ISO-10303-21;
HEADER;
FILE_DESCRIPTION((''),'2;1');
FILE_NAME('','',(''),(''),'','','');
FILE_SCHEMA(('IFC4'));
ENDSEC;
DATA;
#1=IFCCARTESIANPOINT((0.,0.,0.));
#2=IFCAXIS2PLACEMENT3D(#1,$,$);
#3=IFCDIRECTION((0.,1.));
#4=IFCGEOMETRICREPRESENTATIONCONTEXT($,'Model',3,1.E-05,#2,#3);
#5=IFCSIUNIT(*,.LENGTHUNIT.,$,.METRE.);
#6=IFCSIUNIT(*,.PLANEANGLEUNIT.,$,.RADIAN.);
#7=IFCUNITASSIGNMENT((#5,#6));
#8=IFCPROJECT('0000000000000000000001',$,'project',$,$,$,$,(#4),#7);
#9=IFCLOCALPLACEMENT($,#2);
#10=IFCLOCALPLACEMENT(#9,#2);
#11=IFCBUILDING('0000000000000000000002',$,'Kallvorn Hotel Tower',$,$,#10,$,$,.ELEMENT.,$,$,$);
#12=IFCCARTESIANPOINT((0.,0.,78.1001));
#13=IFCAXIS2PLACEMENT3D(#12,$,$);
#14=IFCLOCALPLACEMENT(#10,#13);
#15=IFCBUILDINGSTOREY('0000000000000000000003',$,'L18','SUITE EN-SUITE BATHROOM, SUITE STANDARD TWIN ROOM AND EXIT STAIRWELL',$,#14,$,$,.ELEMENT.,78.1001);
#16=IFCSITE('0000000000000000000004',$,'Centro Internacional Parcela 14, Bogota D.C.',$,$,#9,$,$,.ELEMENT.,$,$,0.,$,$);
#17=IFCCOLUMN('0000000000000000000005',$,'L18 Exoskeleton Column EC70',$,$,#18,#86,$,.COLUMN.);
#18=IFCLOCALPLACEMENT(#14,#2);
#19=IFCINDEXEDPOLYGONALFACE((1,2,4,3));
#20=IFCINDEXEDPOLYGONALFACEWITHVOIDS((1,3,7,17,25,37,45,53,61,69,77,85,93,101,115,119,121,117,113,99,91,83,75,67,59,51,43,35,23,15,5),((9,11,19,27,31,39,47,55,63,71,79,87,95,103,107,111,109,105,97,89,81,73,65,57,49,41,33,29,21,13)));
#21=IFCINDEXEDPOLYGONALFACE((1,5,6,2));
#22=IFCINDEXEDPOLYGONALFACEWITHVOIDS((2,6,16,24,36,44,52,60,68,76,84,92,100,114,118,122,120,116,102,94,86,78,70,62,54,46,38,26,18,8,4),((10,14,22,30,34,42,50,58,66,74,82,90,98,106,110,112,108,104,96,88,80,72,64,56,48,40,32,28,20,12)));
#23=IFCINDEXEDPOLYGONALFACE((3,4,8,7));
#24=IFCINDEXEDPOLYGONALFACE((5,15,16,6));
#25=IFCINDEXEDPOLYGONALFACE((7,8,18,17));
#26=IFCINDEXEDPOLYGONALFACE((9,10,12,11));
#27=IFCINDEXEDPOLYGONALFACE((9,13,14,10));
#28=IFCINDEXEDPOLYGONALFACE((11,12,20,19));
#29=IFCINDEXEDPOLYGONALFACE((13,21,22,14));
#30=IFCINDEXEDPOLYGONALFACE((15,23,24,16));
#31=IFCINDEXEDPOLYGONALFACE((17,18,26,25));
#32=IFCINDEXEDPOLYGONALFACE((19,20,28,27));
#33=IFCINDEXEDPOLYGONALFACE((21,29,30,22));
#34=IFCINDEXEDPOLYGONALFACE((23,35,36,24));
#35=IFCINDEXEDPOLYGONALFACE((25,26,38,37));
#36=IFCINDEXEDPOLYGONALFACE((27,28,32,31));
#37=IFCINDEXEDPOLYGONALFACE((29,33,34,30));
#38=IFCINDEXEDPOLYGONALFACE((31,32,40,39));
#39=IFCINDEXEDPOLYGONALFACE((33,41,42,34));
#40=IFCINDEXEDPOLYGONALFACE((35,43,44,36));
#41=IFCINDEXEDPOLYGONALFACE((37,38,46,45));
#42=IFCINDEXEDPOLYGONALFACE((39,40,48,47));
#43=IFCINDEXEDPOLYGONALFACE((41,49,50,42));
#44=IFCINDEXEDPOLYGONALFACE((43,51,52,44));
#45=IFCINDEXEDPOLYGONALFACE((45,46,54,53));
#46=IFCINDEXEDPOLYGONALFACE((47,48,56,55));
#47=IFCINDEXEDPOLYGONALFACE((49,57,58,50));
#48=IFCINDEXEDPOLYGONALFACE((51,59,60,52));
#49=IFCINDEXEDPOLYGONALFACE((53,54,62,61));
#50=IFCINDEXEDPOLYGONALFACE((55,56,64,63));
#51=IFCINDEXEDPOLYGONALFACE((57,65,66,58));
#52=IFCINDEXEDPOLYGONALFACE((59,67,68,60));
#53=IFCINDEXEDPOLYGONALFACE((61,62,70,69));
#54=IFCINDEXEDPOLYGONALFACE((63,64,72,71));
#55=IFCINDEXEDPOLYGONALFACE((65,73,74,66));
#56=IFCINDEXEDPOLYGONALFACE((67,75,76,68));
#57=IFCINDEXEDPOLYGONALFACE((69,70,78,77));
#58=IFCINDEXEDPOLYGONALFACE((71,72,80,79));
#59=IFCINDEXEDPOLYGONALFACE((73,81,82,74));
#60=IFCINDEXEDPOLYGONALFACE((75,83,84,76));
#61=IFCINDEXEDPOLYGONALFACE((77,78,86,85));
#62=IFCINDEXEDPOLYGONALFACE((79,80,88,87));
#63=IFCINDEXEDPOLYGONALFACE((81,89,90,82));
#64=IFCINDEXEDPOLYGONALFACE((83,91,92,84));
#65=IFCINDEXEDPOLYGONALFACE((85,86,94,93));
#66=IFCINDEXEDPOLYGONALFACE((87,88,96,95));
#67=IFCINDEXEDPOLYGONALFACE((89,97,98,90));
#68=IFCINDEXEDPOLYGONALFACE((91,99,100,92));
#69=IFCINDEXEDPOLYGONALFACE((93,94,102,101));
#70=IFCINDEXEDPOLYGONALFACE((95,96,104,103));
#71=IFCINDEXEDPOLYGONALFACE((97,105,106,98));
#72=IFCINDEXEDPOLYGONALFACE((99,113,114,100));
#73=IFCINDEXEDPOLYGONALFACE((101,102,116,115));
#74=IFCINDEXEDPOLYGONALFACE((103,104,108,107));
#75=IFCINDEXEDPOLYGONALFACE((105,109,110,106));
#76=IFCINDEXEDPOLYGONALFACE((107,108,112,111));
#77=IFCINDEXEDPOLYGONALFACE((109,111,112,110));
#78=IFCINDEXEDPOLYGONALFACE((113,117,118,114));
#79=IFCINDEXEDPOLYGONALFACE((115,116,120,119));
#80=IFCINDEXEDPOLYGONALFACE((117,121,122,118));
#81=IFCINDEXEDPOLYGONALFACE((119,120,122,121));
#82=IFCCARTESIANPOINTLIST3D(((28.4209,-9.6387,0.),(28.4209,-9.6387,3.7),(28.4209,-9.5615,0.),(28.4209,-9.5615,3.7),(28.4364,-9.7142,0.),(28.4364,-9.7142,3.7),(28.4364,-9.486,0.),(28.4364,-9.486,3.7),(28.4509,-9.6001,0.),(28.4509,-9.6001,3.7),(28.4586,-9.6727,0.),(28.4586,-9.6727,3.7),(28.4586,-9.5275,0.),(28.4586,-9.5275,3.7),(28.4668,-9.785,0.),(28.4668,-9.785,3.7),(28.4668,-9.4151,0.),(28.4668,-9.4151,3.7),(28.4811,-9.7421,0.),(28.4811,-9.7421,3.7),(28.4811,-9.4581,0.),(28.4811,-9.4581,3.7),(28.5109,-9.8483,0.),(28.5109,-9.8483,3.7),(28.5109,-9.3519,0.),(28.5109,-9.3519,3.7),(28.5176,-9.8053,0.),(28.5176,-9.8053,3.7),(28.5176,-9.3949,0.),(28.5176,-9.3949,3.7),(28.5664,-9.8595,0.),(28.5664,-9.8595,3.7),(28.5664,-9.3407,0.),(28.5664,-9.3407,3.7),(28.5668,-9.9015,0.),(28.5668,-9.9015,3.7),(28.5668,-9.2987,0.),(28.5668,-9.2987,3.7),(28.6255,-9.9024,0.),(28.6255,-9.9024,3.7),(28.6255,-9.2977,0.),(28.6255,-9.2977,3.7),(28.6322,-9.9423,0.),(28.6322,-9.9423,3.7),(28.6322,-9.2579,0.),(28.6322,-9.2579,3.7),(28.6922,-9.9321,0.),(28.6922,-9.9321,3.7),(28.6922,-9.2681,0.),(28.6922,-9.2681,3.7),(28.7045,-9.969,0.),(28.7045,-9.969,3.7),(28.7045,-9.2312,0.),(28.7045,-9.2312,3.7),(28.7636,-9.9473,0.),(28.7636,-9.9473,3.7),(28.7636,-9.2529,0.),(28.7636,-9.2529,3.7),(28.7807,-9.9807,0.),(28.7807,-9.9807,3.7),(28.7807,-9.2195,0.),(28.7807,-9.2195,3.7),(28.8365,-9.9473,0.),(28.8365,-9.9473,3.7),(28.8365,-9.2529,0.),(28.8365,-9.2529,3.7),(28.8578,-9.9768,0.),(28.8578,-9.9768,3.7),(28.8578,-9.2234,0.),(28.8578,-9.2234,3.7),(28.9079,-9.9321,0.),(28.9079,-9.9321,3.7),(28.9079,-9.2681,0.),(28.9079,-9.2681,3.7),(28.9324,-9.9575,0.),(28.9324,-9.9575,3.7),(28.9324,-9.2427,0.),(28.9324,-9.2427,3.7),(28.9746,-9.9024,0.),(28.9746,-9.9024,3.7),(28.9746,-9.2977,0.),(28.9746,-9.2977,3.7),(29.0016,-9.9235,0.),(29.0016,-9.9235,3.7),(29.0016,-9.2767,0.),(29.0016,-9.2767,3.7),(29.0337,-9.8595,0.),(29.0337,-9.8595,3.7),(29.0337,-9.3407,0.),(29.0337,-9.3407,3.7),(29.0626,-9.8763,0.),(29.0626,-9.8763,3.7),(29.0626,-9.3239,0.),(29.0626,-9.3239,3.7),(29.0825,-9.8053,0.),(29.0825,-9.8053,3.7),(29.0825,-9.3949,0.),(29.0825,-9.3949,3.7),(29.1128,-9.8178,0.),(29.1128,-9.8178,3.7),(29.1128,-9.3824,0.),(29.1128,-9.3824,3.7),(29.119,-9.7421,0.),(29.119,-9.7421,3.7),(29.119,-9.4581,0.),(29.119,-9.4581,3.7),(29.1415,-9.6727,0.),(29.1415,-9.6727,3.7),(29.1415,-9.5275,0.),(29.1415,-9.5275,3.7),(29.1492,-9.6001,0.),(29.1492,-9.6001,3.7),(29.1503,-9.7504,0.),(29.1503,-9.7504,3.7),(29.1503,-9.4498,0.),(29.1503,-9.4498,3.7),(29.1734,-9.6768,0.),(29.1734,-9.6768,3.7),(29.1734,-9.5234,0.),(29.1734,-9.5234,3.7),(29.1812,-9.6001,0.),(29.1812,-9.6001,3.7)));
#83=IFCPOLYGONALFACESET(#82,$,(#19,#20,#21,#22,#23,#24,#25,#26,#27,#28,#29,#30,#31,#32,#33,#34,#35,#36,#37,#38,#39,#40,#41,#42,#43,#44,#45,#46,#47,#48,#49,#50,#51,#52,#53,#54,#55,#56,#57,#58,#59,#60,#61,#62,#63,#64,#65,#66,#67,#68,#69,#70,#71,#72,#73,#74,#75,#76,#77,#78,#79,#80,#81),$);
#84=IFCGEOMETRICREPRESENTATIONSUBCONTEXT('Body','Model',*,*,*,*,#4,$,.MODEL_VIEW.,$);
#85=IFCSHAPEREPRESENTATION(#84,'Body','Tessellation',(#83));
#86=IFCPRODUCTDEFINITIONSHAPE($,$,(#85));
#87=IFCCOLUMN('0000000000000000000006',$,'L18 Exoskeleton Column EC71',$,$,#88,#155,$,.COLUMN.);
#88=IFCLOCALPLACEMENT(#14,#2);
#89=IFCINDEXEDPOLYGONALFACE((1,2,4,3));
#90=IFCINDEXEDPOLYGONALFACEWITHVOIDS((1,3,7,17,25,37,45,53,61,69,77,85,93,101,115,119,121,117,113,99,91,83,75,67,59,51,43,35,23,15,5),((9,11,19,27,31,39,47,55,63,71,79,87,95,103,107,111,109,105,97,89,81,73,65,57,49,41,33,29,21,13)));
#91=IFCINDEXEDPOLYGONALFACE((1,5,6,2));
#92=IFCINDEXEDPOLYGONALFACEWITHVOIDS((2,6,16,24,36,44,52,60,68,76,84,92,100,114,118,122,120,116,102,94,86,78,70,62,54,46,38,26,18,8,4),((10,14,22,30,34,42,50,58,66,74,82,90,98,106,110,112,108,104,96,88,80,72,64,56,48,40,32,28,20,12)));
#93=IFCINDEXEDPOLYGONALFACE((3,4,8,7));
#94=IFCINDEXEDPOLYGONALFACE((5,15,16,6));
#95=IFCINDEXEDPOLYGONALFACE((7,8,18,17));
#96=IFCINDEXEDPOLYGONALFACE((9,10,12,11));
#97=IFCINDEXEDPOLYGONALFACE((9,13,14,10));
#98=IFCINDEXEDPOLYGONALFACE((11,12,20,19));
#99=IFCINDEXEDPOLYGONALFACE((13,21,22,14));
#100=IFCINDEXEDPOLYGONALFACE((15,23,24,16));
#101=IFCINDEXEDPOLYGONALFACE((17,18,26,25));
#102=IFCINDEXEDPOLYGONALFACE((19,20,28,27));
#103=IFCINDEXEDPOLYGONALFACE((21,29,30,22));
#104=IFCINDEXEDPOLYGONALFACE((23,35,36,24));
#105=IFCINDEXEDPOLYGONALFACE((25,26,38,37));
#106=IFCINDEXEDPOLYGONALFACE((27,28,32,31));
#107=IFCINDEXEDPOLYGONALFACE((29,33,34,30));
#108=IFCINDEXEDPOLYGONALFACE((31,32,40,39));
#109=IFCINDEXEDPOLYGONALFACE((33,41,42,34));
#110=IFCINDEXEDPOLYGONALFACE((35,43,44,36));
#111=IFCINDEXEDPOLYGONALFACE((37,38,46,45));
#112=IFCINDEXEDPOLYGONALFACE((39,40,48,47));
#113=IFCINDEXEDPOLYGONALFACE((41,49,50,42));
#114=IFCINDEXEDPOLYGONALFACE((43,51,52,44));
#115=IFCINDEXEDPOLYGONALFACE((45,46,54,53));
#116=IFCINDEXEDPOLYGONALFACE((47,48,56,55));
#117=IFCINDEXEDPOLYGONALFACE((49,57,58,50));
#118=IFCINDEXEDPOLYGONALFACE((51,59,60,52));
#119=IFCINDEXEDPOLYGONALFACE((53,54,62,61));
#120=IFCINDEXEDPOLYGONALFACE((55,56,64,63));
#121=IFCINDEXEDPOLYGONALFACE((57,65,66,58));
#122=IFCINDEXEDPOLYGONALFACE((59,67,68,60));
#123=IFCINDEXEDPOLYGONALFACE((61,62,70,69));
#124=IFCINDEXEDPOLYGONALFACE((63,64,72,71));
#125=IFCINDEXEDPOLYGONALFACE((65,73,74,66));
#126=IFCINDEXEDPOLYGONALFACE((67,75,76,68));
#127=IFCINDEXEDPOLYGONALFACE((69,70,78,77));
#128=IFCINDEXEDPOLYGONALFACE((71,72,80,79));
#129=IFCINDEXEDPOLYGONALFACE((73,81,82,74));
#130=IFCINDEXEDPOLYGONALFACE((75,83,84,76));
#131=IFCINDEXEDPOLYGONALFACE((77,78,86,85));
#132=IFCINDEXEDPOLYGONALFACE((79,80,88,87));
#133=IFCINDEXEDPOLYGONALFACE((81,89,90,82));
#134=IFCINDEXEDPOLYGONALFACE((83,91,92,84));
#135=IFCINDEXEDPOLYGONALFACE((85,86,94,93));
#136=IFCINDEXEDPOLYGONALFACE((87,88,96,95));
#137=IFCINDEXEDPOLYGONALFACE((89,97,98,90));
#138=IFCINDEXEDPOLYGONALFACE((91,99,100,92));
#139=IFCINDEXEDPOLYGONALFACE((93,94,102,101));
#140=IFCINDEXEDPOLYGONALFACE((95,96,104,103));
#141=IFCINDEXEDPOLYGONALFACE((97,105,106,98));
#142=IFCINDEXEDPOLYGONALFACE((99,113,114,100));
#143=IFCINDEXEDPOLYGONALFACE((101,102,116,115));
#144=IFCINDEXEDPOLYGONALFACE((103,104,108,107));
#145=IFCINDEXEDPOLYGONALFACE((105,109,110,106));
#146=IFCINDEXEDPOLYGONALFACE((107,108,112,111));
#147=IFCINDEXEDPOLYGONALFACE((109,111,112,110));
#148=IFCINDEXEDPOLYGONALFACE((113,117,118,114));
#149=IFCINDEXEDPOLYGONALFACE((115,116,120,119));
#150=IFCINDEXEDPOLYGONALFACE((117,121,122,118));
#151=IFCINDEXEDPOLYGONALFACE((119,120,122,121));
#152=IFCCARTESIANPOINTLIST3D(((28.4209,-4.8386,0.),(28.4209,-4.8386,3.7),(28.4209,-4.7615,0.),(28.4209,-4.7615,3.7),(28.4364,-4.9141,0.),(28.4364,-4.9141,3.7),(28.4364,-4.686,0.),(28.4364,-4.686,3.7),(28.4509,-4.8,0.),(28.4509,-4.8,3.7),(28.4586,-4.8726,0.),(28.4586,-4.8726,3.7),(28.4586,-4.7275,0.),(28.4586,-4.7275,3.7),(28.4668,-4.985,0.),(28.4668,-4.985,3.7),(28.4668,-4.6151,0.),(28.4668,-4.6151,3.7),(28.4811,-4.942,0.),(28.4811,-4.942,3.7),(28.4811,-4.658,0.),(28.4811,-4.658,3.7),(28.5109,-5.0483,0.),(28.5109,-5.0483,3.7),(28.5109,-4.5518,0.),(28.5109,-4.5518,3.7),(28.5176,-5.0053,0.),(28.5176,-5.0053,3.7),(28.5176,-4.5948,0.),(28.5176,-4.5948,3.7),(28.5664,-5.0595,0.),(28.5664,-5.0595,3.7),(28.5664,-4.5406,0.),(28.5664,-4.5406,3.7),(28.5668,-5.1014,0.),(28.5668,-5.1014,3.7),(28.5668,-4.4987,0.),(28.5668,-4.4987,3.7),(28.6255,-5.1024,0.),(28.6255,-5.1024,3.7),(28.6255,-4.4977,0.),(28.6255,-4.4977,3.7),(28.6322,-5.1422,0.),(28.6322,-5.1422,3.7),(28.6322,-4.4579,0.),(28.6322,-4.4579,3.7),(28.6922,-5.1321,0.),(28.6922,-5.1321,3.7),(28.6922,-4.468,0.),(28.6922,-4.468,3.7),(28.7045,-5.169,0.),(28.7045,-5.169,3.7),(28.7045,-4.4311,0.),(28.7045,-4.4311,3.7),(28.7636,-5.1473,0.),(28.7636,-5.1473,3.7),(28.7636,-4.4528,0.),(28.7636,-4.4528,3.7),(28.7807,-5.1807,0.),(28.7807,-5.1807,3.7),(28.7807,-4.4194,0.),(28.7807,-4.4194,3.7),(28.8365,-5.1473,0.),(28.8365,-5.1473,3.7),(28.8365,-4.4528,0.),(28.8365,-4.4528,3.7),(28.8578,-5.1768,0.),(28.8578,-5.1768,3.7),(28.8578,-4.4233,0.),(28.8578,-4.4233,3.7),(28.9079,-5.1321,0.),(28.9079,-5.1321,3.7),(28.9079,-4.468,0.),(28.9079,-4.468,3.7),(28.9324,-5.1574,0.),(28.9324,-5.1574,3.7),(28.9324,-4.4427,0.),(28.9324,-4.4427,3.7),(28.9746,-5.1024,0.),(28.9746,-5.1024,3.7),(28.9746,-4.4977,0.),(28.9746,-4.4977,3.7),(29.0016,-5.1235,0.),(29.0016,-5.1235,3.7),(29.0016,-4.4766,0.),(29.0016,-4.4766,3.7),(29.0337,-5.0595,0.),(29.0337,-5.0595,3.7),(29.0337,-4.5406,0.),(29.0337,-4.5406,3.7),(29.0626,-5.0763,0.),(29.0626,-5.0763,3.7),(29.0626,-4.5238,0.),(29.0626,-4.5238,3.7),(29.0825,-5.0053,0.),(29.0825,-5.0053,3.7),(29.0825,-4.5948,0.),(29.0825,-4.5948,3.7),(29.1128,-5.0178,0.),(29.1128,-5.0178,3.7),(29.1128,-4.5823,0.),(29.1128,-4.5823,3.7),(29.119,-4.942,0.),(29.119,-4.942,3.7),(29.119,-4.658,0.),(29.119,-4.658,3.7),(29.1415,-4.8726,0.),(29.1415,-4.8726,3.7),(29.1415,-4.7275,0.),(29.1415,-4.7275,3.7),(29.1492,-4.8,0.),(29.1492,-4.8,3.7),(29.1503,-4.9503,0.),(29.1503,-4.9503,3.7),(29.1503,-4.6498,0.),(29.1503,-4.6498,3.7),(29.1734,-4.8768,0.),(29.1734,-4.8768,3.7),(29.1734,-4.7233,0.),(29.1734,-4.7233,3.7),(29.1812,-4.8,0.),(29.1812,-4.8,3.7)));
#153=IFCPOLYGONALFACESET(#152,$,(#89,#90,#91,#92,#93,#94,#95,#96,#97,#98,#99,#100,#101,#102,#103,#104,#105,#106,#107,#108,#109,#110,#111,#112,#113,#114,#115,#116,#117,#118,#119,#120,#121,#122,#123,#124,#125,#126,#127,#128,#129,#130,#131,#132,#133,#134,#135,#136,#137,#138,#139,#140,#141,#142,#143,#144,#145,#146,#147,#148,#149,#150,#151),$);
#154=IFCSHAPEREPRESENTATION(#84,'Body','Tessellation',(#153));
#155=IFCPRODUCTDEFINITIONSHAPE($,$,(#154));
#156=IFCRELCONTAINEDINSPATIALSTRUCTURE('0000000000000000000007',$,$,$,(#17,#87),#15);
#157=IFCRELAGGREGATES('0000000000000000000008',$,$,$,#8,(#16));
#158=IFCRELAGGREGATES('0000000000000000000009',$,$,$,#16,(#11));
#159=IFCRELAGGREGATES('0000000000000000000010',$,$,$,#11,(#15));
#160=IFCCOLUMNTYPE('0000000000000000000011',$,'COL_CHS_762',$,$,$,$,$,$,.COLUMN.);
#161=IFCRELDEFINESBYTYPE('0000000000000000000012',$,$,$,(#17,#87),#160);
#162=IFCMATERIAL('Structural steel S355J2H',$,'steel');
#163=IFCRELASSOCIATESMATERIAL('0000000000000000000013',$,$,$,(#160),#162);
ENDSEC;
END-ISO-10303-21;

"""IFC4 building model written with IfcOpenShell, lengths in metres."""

from ifc_helpers import new_model, si_unit, direction, frame, origin, origin_2d, place, context, subcontext, project, spatial, hollow_circle, extrude, material, material_profile, profile_set, type_object, element, save


model = new_model("IFC4")

# Units and contexts
model_context = context("Model", 3, precision=1e-05, world=origin(), true_north=direction((0.0, 1.0)))
body_context = subcontext(model_context, "Body", "Model", "MODEL_VIEW")
ifc_project = project(units=[si_unit("LENGTHUNIT", "METRE"), si_unit("PLANEANGLEUNIT", "RADIAN")], contexts=[model_context])

# Site, building, storey
site_placement = place(None, origin())
site = spatial("IfcSite", under=ifc_project, at=site_placement, Name="Centro Internacional Parcela 14, Bogota D.C.", CompositionType="ELEMENT", RefElevation=0.0)
building_placement = place(site_placement, origin())
building = spatial("IfcBuilding", under=site, at=building_placement, Name="Kallvorn Hotel Tower", CompositionType="ELEMENT")
storey_placement = place(building_placement, frame((0.0, 0.0, 78.1001)))
storey = spatial("IfcBuildingStorey", under=building, at=storey_placement, Name="L18", Description="SUITE EN-SUITE BATHROOM, SUITE STANDARD TWIN ROOM AND EXIT STAIRWELL", CompositionType="ELEMENT", Elevation=78.1001)

# Columns
ifc_material_1 = material(Name="Structural steel S355J2H", Category="steel")
ifc_material_profile_1 = material_profile(ifc_material_1, hollow_circle(Radius=0.3811, WallThickness=0.032, at=origin_2d()), Name="CHS 762x32")
ifc_profile_set_1 = profile_set([ifc_material_profile_1], Name="Structural steel S355J2H")
column_type_1 = type_object("IfcColumnType", Name="COL_CHS_762", PredefinedType="COLUMN", material=ifc_profile_set_1)
for number, where, z_axis, x_axis, name in (
    (1, (28.8, -9.6001, 0.0), (0.0, 0.0, 1.0), (1.0, 0.0, 0.0), "L18 Exoskeleton Column EC70"),
    (2, (28.8, -4.8, 0.0), (0.0, 0.0, 1.0), (1.0, 0.0, 0.0), "L18 Exoskeleton Column EC71"),
):
    element("IfcColumn", number, at=place(storey_placement, frame(where, z_axis=z_axis, x_axis=x_axis)), inside=storey, type_object=column_type_1, Name=name, PredefinedType="COLUMN", context=body_context, shape_type="SweptSolid", body=[
        extrude(hollow_circle(Radius=0.3811, WallThickness=0.032, at=origin_2d()), origin(), (0.0, 0.0, 1.0), 3.7),
    ])

save(model, "model.ifc")
